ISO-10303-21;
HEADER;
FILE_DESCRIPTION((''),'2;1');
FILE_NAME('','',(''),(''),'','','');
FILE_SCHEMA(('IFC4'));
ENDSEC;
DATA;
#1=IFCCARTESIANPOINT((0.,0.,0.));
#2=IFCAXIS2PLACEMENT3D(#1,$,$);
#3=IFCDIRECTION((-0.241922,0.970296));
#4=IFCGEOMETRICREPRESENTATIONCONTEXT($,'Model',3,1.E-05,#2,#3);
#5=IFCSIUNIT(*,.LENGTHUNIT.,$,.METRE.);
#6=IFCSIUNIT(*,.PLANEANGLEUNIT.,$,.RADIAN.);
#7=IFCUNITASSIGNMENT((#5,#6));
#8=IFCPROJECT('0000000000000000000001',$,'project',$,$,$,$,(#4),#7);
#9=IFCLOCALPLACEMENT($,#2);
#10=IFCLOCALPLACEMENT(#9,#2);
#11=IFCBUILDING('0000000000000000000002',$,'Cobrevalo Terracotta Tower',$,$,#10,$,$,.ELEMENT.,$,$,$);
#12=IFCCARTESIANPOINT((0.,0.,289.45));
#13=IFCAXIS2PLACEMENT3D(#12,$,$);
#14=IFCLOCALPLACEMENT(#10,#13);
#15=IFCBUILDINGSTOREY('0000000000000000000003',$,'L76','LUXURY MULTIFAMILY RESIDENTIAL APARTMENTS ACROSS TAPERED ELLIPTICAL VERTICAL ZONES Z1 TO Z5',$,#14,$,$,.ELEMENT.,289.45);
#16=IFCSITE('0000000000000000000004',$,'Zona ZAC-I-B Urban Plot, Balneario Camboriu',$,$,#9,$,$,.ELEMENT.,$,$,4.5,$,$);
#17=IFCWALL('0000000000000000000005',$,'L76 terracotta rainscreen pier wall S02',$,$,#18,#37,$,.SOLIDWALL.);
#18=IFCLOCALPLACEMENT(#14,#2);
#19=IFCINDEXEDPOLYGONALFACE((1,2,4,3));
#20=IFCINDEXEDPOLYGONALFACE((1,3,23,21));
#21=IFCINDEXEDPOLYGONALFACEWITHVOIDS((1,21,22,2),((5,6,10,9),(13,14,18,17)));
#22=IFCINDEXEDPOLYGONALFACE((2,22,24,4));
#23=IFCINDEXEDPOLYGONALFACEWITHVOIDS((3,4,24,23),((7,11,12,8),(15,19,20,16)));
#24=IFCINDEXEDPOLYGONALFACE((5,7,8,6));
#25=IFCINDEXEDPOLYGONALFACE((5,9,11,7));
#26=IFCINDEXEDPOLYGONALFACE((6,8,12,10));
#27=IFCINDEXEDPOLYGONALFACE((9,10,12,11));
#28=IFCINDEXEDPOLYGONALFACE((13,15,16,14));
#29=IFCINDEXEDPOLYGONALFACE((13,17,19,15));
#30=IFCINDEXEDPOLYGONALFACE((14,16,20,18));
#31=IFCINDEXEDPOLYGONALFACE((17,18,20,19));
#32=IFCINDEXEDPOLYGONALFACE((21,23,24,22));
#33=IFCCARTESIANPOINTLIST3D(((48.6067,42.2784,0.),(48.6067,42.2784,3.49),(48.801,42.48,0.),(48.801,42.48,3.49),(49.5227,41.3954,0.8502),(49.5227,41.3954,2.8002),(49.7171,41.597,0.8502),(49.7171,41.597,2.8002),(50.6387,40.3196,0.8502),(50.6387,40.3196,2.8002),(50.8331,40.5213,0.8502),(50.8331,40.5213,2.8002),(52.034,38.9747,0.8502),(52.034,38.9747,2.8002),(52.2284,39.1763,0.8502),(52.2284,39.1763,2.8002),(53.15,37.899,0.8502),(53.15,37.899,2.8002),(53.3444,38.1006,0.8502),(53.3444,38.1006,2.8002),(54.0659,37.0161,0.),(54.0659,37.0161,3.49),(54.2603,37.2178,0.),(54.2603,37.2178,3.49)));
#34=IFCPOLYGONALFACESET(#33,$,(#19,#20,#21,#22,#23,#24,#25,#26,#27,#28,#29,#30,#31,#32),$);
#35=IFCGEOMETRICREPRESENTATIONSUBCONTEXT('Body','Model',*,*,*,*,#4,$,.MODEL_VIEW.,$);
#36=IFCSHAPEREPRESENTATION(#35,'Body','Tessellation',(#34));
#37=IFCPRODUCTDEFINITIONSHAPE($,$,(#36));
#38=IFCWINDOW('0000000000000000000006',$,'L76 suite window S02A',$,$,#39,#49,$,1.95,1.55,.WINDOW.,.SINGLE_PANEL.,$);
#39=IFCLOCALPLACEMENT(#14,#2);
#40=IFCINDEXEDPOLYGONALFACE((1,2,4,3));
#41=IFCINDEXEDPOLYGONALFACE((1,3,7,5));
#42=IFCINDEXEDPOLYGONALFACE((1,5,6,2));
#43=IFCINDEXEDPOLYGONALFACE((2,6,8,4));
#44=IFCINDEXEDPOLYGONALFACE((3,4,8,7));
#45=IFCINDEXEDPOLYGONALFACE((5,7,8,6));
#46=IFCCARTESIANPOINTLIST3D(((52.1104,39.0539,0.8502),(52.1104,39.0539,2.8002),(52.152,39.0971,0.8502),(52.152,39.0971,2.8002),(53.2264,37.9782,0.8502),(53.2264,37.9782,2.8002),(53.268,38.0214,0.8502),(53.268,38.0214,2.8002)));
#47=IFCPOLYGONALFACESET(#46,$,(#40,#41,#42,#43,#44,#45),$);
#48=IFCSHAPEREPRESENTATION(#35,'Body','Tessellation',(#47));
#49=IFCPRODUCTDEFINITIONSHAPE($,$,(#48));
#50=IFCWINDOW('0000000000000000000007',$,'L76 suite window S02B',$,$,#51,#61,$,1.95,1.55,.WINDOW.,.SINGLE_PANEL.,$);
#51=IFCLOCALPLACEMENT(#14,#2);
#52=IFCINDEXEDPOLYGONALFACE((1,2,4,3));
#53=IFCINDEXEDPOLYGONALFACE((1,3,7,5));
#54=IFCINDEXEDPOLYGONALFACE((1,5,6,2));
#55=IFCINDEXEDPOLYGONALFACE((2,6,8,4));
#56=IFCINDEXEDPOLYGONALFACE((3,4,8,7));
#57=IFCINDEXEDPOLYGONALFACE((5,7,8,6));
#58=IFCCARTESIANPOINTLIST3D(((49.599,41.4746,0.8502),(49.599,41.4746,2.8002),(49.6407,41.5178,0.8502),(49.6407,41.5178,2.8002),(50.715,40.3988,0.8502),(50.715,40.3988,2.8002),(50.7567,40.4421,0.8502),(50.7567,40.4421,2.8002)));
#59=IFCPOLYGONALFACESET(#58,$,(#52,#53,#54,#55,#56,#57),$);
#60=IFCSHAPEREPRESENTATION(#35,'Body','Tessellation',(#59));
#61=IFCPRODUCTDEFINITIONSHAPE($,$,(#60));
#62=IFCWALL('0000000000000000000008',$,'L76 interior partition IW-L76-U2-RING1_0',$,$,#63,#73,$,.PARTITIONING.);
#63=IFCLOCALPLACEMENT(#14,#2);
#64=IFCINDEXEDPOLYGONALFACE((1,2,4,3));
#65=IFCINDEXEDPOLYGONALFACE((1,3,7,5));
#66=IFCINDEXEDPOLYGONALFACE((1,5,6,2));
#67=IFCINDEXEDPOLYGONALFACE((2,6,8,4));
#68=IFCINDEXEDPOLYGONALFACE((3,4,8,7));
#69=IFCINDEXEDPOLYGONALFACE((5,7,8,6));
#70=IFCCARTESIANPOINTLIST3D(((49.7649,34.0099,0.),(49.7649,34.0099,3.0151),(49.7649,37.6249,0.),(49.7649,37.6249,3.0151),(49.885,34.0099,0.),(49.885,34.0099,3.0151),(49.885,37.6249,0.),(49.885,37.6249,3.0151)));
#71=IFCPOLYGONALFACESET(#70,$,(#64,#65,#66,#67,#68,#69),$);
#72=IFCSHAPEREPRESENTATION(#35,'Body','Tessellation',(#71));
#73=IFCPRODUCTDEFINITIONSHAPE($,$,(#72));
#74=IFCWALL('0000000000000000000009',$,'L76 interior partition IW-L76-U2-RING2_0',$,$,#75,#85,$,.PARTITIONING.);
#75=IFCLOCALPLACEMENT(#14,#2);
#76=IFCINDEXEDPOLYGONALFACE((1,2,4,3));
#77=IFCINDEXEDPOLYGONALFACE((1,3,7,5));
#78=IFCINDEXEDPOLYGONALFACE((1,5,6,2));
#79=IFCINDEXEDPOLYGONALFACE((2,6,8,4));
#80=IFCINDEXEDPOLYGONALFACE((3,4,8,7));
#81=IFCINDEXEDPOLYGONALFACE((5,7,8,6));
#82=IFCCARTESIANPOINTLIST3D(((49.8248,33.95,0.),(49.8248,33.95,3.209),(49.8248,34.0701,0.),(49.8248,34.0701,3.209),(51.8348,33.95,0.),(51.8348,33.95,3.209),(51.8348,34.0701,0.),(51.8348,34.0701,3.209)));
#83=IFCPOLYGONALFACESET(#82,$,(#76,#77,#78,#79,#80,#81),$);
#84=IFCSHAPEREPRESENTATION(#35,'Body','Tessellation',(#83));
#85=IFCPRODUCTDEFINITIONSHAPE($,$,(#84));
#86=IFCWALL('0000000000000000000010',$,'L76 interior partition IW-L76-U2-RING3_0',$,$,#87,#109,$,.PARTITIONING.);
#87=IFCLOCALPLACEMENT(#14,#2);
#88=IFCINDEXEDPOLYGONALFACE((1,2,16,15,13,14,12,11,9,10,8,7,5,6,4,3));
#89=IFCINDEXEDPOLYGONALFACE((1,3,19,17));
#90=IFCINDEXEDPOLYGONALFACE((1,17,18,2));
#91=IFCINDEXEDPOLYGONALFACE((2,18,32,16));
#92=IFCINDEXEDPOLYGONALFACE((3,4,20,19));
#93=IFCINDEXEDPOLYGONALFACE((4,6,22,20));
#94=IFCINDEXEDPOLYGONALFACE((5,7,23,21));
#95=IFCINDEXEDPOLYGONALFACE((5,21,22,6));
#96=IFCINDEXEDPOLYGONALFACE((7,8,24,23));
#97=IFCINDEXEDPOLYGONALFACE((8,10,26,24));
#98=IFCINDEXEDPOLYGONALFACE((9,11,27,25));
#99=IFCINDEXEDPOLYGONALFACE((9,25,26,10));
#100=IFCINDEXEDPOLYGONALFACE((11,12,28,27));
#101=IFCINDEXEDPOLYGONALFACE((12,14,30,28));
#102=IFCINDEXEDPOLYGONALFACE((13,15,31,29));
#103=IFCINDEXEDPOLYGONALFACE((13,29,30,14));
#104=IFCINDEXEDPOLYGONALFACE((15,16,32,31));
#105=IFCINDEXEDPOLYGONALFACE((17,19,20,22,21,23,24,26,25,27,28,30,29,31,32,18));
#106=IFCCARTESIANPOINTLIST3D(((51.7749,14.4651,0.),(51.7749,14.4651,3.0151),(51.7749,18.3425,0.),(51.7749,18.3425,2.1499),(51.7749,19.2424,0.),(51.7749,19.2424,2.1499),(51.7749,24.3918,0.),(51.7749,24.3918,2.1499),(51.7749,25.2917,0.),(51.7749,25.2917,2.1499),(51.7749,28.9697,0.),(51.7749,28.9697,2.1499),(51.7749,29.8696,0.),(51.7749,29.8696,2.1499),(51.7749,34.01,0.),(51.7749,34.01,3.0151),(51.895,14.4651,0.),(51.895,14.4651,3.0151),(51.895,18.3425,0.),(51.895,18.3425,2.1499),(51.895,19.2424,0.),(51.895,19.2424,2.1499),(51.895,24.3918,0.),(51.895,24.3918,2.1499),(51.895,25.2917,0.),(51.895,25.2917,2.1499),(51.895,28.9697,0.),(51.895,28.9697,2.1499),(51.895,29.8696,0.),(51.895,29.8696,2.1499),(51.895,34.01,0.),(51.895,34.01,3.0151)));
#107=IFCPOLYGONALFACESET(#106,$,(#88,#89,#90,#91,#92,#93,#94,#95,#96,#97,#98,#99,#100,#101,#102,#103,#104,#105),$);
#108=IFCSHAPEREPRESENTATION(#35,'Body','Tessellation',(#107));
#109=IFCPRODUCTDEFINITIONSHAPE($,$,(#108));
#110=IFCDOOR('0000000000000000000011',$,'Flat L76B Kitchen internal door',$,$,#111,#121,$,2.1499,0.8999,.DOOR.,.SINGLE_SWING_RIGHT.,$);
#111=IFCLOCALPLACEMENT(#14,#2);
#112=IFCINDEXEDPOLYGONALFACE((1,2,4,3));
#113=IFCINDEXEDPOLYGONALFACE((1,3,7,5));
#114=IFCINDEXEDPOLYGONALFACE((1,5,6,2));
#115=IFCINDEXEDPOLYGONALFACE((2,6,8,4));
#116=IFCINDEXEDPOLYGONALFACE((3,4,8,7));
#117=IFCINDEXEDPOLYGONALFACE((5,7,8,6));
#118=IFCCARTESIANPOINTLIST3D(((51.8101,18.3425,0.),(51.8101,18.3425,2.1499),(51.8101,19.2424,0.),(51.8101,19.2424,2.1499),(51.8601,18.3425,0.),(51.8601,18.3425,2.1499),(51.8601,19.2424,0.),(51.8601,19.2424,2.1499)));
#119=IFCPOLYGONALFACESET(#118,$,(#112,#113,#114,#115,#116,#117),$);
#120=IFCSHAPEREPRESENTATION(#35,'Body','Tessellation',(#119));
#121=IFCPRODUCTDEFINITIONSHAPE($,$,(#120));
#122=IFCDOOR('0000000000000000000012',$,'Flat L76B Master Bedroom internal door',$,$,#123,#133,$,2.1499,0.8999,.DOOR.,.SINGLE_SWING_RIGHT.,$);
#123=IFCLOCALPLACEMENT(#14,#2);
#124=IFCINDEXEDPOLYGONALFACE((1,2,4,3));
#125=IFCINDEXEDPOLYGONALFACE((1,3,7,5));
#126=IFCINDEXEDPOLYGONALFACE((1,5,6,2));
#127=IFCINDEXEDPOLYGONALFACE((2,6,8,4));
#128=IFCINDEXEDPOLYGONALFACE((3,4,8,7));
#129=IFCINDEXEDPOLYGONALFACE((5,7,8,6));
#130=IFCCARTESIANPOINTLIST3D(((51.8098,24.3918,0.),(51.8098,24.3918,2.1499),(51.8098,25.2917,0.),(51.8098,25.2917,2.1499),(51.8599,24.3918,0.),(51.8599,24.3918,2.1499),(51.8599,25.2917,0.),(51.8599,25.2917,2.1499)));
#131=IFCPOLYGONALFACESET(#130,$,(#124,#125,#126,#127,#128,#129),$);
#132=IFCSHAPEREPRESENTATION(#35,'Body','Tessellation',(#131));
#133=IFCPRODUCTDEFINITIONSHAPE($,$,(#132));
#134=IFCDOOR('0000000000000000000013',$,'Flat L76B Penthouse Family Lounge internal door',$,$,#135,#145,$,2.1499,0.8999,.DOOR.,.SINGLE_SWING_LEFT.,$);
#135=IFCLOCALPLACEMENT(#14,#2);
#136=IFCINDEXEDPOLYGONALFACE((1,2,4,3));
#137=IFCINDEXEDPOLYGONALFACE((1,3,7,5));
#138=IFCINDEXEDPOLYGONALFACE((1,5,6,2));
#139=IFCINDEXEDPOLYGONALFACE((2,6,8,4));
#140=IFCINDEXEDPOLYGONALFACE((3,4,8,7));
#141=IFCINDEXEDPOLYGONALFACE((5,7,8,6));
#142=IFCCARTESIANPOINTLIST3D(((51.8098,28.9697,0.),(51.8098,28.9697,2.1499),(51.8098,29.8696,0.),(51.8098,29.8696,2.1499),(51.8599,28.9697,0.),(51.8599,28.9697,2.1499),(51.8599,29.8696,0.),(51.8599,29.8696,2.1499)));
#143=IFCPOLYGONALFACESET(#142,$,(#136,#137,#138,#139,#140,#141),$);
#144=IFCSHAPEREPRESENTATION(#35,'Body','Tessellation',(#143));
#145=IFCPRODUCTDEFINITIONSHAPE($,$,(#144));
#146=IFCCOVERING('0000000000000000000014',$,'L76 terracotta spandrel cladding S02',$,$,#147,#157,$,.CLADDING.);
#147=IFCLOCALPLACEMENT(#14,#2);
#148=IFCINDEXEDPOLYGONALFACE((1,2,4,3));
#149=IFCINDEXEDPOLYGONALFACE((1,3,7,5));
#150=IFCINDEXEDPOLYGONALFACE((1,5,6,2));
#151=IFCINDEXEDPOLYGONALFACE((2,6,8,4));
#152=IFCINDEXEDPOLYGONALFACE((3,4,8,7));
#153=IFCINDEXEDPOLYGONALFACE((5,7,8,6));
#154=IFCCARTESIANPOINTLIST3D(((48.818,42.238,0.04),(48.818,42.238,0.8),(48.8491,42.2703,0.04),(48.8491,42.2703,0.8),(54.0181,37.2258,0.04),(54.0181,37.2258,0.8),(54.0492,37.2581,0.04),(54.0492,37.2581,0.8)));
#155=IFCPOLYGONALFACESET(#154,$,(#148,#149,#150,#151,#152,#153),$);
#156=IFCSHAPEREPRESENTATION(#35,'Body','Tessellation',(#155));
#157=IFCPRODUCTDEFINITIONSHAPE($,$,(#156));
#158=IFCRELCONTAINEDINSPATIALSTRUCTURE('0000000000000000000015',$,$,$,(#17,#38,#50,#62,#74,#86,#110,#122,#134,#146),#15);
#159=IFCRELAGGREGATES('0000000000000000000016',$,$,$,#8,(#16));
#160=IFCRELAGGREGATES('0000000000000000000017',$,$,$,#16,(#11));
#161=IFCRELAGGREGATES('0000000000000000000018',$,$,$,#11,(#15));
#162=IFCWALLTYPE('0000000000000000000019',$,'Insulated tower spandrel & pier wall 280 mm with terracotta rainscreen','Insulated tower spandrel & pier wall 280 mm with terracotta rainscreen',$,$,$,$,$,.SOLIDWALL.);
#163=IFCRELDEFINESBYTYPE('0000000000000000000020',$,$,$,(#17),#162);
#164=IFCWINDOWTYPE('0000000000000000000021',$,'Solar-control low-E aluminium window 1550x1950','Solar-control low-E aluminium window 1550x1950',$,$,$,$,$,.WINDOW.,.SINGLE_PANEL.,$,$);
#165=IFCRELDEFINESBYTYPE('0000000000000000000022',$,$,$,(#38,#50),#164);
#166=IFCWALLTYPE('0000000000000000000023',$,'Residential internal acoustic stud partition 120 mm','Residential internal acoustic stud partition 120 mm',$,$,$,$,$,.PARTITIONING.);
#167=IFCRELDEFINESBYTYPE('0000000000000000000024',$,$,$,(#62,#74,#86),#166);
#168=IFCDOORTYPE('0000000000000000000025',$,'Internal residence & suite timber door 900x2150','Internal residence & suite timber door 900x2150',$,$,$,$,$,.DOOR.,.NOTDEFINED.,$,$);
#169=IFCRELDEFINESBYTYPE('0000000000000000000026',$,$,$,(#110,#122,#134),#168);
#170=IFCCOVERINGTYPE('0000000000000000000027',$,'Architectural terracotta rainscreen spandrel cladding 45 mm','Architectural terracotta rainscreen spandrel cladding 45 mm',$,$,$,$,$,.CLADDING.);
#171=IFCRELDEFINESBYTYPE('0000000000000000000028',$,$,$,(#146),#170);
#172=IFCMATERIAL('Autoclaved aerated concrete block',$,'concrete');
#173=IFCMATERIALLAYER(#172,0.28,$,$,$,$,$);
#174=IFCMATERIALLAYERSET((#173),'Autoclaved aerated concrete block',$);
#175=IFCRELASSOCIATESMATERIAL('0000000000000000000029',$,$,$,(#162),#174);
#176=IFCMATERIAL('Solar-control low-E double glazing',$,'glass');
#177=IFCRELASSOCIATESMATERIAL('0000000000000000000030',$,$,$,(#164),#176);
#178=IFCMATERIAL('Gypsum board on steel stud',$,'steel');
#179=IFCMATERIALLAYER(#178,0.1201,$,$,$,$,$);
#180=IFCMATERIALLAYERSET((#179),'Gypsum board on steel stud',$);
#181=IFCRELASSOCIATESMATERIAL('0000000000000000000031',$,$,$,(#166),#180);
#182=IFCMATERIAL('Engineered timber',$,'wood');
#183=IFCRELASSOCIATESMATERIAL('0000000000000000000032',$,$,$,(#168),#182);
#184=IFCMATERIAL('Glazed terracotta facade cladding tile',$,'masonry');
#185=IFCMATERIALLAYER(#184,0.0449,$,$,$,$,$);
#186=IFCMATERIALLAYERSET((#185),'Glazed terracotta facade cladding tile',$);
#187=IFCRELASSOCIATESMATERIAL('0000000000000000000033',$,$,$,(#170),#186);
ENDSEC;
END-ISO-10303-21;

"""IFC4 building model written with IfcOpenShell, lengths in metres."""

from ifc_helpers import new_model, si_unit, direction, frame, frame_2d, origin, origin_2d, place, context, subcontext, project, spatial, rectangle, extrude, source, transform, mapped, material, layer, layer_set, type_object, element, fill, save


model = new_model("IFC4")

# Units and contexts
model_context = context("Model", 3, precision=1e-05, world=origin(), true_north=direction((-0.241922, 0.970296)))
body_context = subcontext(model_context, "Body", "Model", "MODEL_VIEW")
ifc_project = project(units=[si_unit("LENGTHUNIT", "METRE"), si_unit("PLANEANGLEUNIT", "RADIAN")], contexts=[model_context])

# Site, building, storey
site_placement = place(None, origin())
site = spatial("IfcSite", under=ifc_project, at=site_placement, Name="Zona ZAC-I-B Urban Plot, Balneario Camboriu", CompositionType="ELEMENT", RefElevation=4.5)
building_placement = place(site_placement, origin())
building = spatial("IfcBuilding", under=site, at=building_placement, Name="Cobrevalo Terracotta Tower", CompositionType="ELEMENT")
storey_placement = place(building_placement, frame((0.0, 0.0, 289.45)))
storey = spatial("IfcBuildingStorey", under=building, at=storey_placement, Name="L76", Description="LUXURY MULTIFAMILY RESIDENTIAL APARTMENTS ACROSS TAPERED ELLIPTICAL VERTICAL ZONES Z1 TO Z5", CompositionType="ELEMENT", Elevation=289.45)

# Shared definitions
ifc_material_1 = material(Name="Solar-control low-E double glazing", Category="glass")

# Wall, openings, windows
ifc_material_2 = material(Name="Autoclaved aerated concrete block", Category="concrete")
ifc_layer_1 = layer(ifc_material_2, 0.28)
ifc_layer_set_1 = layer_set([ifc_layer_1], Name="Autoclaved aerated concrete block")
wall_type_1 = type_object("IfcWallType", Name="Insulated tower spandrel & pier wall 280 mm with terracotta rainscreen", Description="Insulated tower spandrel & pier wall 280 mm with terracotta rainscreen", PredefinedType="SOLIDWALL", material=ifc_layer_set_1)
wall_1_placement = place(storey_placement, frame((54.1631, 37.1169, 0.0), z_axis=(0.0, 0.0, 1.0), x_axis=(-0.719979, 0.693996, 0.0)))
wall_1 = element("IfcWall", 1, at=wall_1_placement, inside=storey, type_object=wall_type_1, Name="L76 terracotta rainscreen pier wall S02", PredefinedType="SOLIDWALL", context=body_context, shape_type="SweptSolid", body=[
    extrude(rectangle(XDim=7.5825, YDim=0.28, at=frame_2d((3.7913, 0.0))), origin(), (0.0, 0.0, 1.0), 3.49),
])
opening_1_placement = place(wall_1_placement, frame((1.2722, 0.0, 0.8501)))
opening_1 = element("IfcOpeningElement", 2, at=opening_1_placement, cuts=wall_1, PredefinedType="OPENING", context=body_context, shape_type="SweptSolid", body=[
    extrude(rectangle(XDim=1.55, YDim=1.95, at=frame_2d((0.7749, 0.9751))), frame((0.0, 0.1499, 0.0), z_axis=(0.0, -1.0, 0.0), x_axis=(1.0, 0.0, 0.0)), (0.0, 0.0, 1.0), 0.3),
])
opening_2_placement = place(wall_1_placement, frame((4.7603, 0.0, 0.8501)))
opening_2 = element("IfcOpeningElement", 3, at=opening_2_placement, cuts=wall_1, PredefinedType="OPENING", context=body_context, shape_type="SweptSolid", body=[
    extrude(rectangle(XDim=1.55, YDim=1.95, at=frame_2d((0.7749, 0.9751))), frame((0.0, 0.1499, 0.0), z_axis=(0.0, -1.0, 0.0), x_axis=(1.0, 0.0, 0.0)), (0.0, 0.0, 1.0), 0.3),
])
window_type = type_object("IfcWindowType", Name="Solar-control low-E aluminium window 1550x1950", Description="Solar-control low-E aluminium window 1550x1950", PartitioningType="SINGLE_PANEL", PredefinedType="WINDOW", material=ifc_material_1)
shared_shape_1 = source(origin(), body_context, "Body", "SweptSolid", [
    extrude(rectangle(XDim=1.55, YDim=1.95, at=frame_2d((0.7749, 0.9751))), frame((0.0, 0.03, 0.0), z_axis=(0.0, -1.0, 0.0), x_axis=(1.0, 0.0, 0.0)), (0.0, 0.0, 1.0), 0.0601),
])
window_1_placement = place(opening_1_placement, origin())
window_1 = element("IfcWindow", 4, at=window_1_placement, inside=storey, type_object=window_type, Name="L76 suite window S02A", OverallHeight=1.95, OverallWidth=1.55, PartitioningType="SINGLE_PANEL", PredefinedType="WINDOW", context=body_context, shape_type="MappedRepresentation", body=[
    mapped(shared_shape_1, transform((0.0, 0.0, 0.0), scale=1.0)),
])
fill(opening_1, window_1)
window_2_placement = place(opening_2_placement, origin())
window_2 = element("IfcWindow", 5, at=window_2_placement, inside=storey, type_object=window_type, Name="L76 suite window S02B", OverallHeight=1.95, OverallWidth=1.55, PartitioningType="SINGLE_PANEL", PredefinedType="WINDOW", context=body_context, shape_type="MappedRepresentation", body=[
    mapped(shared_shape_1, transform((0.0, 0.0, 0.0), scale=1.0)),
])
fill(opening_2, window_2)

# Walls
ifc_material_3 = material(Name="Gypsum board on steel stud", Category="steel")
ifc_layer_2 = layer(ifc_material_3, 0.1201)
ifc_layer_set_2 = layer_set([ifc_layer_2], Name="Gypsum board on steel stud")
wall_type_2 = type_object("IfcWallType", Name="Residential internal acoustic stud partition 120 mm", Description="Residential internal acoustic stud partition 120 mm", PredefinedType="PARTITIONING", material=ifc_layer_set_2)
wall_2_placement = place(storey_placement, frame((49.825, 37.625, 0.0), z_axis=(0.0, 0.0, 1.0), x_axis=(0.0, -1.0, 0.0)))
element("IfcWall", 6, at=wall_2_placement, inside=storey, type_object=wall_type_2, Name="L76 interior partition IW-L76-U2-RING1_0", PredefinedType="PARTITIONING", context=body_context, shape_type="SweptSolid", body=[
    extrude(rectangle(XDim=3.615, YDim=0.1201, at=frame_2d((1.8076, 0.0))), origin(), (0.0, 0.0, 1.0), 3.0151),
])
wall_3_placement = place(storey_placement, frame((49.825, 34.01, 0.0), z_axis=(0.0, 0.0, 1.0), x_axis=(1.0, 0.0, 0.0)))
element("IfcWall", 7, at=wall_3_placement, inside=storey, type_object=wall_type_2, Name="L76 interior partition IW-L76-U2-RING2_0", PredefinedType="PARTITIONING", context=body_context, shape_type="SweptSolid", body=[
    extrude(rectangle(XDim=2.01, YDim=0.1201, at=frame_2d((1.0049, 0.0))), origin(), (0.0, 0.0, 1.0), 3.209),
])

# Wall, openings, doors
wall_4_placement = place(storey_placement, frame((51.835, 34.01, 0.0), z_axis=(0.0, 0.0, 1.0), x_axis=(0.0, -1.0, 0.0)))
wall_4 = element("IfcWall", 8, at=wall_4_placement, inside=storey, type_object=wall_type_2, Name="L76 interior partition IW-L76-U2-RING3_0", PredefinedType="PARTITIONING", context=body_context, shape_type="SweptSolid", body=[
    extrude(rectangle(XDim=19.5449, YDim=0.1201, at=frame_2d((9.7725, 0.0))), origin(), (0.0, 0.0, 1.0), 3.0151),
])
opening_3_placement = place(wall_4_placement, frame((14.7676, 0.0, 0.0)))
opening_3 = element("IfcOpeningElement", 9, at=opening_3_placement, cuts=wall_4, PredefinedType="OPENING", context=body_context, shape_type="SweptSolid", body=[
    extrude(rectangle(XDim=0.8999, YDim=2.1499, at=frame_2d((0.45, 1.075))), frame((0.0, 0.0701, 0.0), z_axis=(0.0, -1.0, 0.0), x_axis=(1.0, 0.0, 0.0)), (0.0, 0.0, 1.0), 0.1401),
])
opening_4_placement = place(wall_4_placement, frame((8.7183, 0.0, 0.0)))
opening_4 = element("IfcOpeningElement", 10, at=opening_4_placement, cuts=wall_4, PredefinedType="OPENING", context=body_context, shape_type="SweptSolid", body=[
    extrude(rectangle(XDim=0.8999, YDim=2.1499, at=frame_2d((0.45, 1.075))), frame((0.0, 0.0701, 0.0), z_axis=(0.0, -1.0, 0.0), x_axis=(1.0, 0.0, 0.0)), (0.0, 0.0, 1.0), 0.1401),
])
opening_5_placement = place(wall_4_placement, frame((4.1404, 0.0, 0.0)))
opening_5 = element("IfcOpeningElement", 11, at=opening_5_placement, cuts=wall_4, PredefinedType="OPENING", context=body_context, shape_type="SweptSolid", body=[
    extrude(rectangle(XDim=0.8999, YDim=2.1499, at=frame_2d((0.45, 1.075))), frame((0.0, 0.0701, 0.0), z_axis=(0.0, -1.0, 0.0), x_axis=(1.0, 0.0, 0.0)), (0.0, 0.0, 1.0), 0.1401),
])
ifc_material_4 = material(Name="Engineered timber", Category="wood")
door_type = type_object("IfcDoorType", Name="Internal residence & suite timber door 900x2150", Description="Internal residence & suite timber door 900x2150", OperationType="NOTDEFINED", PredefinedType="DOOR", material=ifc_material_4)
shared_shape_2 = source(origin(), body_context, "Body", "SweptSolid", [
    extrude(rectangle(XDim=0.8999, YDim=2.1499, at=frame_2d((0.45, 1.075))), frame((0.0, 0.0249, 0.0), z_axis=(0.0, -1.0, 0.0), x_axis=(1.0, 0.0, 0.0)), (0.0, 0.0, 1.0), 0.05),
])
door_1_placement = place(opening_3_placement, frame((0.8999, 0.0, 0.0), z_axis=(0.0, 0.0, 1.0), x_axis=(-1.0, 0.0, 0.0)))
door_1 = element("IfcDoor", 12, at=door_1_placement, inside=storey, type_object=door_type, Name="Flat L76B Kitchen internal door", OperationType="SINGLE_SWING_RIGHT", OverallHeight=2.1499, OverallWidth=0.8999, PredefinedType="DOOR", context=body_context, shape_type="MappedRepresentation", body=[
    mapped(shared_shape_2, transform((0.0, 0.0, 0.0), scale=1.0)),
])
fill(opening_3, door_1)
door_2_placement = place(opening_4_placement, origin())
door_2 = element("IfcDoor", 13, at=door_2_placement, inside=storey, type_object=door_type, Name="Flat L76B Master Bedroom internal door", OperationType="SINGLE_SWING_RIGHT", OverallHeight=2.1499, OverallWidth=0.8999, PredefinedType="DOOR", context=body_context, shape_type="MappedRepresentation", body=[
    mapped(shared_shape_2, transform((0.0, 0.0, 0.0), scale=1.0)),
])
fill(opening_4, door_2)
door_3_placement = place(opening_5_placement, origin())
door_3 = element("IfcDoor", 14, at=door_3_placement, inside=storey, type_object=door_type, Name="Flat L76B Penthouse Family Lounge internal door", OperationType="SINGLE_SWING_LEFT", OverallHeight=2.1499, OverallWidth=0.8999, PredefinedType="DOOR", context=body_context, shape_type="MappedRepresentation", body=[
    mapped(shared_shape_2, transform((0.0, 0.0, 0.0), scale=1.0)),
])
fill(opening_5, door_3)

# Covering
ifc_material_5 = material(Name="Glazed terracotta facade cladding tile", Category="masonry")
ifc_layer_3 = layer(ifc_material_5, 0.0449)
ifc_layer_set_3 = layer_set([ifc_layer_3], Name="Glazed terracotta facade cladding tile")
covering_type = type_object("IfcCoveringType", Name="Architectural terracotta rainscreen spandrel cladding 45 mm", Description="Architectural terracotta rainscreen spandrel cladding 45 mm", PredefinedType="CLADDING", material=ifc_layer_set_3)
shared_shape_3 = source(origin(), body_context, "Body", "SweptSolid", [
    extrude(rectangle(XDim=7.2224, YDim=0.0449, at=origin_2d()), origin(), (0.0, 0.0, 1.0), 0.76),
])
covering_placement = place(storey_placement, frame((51.4336, 39.748, 0.04), z_axis=(0.0, 0.0, 1.0), x_axis=(-0.719997, 0.693978, 0.0)))
element("IfcCovering", 15, at=covering_placement, inside=storey, type_object=covering_type, Name="L76 terracotta spandrel cladding S02", PredefinedType="CLADDING", context=body_context, shape_type="MappedRepresentation", body=[
    mapped(shared_shape_3, transform((0.0, 0.0, 0.0), scale=1.0)),
])

save(model, "model.ifc")
